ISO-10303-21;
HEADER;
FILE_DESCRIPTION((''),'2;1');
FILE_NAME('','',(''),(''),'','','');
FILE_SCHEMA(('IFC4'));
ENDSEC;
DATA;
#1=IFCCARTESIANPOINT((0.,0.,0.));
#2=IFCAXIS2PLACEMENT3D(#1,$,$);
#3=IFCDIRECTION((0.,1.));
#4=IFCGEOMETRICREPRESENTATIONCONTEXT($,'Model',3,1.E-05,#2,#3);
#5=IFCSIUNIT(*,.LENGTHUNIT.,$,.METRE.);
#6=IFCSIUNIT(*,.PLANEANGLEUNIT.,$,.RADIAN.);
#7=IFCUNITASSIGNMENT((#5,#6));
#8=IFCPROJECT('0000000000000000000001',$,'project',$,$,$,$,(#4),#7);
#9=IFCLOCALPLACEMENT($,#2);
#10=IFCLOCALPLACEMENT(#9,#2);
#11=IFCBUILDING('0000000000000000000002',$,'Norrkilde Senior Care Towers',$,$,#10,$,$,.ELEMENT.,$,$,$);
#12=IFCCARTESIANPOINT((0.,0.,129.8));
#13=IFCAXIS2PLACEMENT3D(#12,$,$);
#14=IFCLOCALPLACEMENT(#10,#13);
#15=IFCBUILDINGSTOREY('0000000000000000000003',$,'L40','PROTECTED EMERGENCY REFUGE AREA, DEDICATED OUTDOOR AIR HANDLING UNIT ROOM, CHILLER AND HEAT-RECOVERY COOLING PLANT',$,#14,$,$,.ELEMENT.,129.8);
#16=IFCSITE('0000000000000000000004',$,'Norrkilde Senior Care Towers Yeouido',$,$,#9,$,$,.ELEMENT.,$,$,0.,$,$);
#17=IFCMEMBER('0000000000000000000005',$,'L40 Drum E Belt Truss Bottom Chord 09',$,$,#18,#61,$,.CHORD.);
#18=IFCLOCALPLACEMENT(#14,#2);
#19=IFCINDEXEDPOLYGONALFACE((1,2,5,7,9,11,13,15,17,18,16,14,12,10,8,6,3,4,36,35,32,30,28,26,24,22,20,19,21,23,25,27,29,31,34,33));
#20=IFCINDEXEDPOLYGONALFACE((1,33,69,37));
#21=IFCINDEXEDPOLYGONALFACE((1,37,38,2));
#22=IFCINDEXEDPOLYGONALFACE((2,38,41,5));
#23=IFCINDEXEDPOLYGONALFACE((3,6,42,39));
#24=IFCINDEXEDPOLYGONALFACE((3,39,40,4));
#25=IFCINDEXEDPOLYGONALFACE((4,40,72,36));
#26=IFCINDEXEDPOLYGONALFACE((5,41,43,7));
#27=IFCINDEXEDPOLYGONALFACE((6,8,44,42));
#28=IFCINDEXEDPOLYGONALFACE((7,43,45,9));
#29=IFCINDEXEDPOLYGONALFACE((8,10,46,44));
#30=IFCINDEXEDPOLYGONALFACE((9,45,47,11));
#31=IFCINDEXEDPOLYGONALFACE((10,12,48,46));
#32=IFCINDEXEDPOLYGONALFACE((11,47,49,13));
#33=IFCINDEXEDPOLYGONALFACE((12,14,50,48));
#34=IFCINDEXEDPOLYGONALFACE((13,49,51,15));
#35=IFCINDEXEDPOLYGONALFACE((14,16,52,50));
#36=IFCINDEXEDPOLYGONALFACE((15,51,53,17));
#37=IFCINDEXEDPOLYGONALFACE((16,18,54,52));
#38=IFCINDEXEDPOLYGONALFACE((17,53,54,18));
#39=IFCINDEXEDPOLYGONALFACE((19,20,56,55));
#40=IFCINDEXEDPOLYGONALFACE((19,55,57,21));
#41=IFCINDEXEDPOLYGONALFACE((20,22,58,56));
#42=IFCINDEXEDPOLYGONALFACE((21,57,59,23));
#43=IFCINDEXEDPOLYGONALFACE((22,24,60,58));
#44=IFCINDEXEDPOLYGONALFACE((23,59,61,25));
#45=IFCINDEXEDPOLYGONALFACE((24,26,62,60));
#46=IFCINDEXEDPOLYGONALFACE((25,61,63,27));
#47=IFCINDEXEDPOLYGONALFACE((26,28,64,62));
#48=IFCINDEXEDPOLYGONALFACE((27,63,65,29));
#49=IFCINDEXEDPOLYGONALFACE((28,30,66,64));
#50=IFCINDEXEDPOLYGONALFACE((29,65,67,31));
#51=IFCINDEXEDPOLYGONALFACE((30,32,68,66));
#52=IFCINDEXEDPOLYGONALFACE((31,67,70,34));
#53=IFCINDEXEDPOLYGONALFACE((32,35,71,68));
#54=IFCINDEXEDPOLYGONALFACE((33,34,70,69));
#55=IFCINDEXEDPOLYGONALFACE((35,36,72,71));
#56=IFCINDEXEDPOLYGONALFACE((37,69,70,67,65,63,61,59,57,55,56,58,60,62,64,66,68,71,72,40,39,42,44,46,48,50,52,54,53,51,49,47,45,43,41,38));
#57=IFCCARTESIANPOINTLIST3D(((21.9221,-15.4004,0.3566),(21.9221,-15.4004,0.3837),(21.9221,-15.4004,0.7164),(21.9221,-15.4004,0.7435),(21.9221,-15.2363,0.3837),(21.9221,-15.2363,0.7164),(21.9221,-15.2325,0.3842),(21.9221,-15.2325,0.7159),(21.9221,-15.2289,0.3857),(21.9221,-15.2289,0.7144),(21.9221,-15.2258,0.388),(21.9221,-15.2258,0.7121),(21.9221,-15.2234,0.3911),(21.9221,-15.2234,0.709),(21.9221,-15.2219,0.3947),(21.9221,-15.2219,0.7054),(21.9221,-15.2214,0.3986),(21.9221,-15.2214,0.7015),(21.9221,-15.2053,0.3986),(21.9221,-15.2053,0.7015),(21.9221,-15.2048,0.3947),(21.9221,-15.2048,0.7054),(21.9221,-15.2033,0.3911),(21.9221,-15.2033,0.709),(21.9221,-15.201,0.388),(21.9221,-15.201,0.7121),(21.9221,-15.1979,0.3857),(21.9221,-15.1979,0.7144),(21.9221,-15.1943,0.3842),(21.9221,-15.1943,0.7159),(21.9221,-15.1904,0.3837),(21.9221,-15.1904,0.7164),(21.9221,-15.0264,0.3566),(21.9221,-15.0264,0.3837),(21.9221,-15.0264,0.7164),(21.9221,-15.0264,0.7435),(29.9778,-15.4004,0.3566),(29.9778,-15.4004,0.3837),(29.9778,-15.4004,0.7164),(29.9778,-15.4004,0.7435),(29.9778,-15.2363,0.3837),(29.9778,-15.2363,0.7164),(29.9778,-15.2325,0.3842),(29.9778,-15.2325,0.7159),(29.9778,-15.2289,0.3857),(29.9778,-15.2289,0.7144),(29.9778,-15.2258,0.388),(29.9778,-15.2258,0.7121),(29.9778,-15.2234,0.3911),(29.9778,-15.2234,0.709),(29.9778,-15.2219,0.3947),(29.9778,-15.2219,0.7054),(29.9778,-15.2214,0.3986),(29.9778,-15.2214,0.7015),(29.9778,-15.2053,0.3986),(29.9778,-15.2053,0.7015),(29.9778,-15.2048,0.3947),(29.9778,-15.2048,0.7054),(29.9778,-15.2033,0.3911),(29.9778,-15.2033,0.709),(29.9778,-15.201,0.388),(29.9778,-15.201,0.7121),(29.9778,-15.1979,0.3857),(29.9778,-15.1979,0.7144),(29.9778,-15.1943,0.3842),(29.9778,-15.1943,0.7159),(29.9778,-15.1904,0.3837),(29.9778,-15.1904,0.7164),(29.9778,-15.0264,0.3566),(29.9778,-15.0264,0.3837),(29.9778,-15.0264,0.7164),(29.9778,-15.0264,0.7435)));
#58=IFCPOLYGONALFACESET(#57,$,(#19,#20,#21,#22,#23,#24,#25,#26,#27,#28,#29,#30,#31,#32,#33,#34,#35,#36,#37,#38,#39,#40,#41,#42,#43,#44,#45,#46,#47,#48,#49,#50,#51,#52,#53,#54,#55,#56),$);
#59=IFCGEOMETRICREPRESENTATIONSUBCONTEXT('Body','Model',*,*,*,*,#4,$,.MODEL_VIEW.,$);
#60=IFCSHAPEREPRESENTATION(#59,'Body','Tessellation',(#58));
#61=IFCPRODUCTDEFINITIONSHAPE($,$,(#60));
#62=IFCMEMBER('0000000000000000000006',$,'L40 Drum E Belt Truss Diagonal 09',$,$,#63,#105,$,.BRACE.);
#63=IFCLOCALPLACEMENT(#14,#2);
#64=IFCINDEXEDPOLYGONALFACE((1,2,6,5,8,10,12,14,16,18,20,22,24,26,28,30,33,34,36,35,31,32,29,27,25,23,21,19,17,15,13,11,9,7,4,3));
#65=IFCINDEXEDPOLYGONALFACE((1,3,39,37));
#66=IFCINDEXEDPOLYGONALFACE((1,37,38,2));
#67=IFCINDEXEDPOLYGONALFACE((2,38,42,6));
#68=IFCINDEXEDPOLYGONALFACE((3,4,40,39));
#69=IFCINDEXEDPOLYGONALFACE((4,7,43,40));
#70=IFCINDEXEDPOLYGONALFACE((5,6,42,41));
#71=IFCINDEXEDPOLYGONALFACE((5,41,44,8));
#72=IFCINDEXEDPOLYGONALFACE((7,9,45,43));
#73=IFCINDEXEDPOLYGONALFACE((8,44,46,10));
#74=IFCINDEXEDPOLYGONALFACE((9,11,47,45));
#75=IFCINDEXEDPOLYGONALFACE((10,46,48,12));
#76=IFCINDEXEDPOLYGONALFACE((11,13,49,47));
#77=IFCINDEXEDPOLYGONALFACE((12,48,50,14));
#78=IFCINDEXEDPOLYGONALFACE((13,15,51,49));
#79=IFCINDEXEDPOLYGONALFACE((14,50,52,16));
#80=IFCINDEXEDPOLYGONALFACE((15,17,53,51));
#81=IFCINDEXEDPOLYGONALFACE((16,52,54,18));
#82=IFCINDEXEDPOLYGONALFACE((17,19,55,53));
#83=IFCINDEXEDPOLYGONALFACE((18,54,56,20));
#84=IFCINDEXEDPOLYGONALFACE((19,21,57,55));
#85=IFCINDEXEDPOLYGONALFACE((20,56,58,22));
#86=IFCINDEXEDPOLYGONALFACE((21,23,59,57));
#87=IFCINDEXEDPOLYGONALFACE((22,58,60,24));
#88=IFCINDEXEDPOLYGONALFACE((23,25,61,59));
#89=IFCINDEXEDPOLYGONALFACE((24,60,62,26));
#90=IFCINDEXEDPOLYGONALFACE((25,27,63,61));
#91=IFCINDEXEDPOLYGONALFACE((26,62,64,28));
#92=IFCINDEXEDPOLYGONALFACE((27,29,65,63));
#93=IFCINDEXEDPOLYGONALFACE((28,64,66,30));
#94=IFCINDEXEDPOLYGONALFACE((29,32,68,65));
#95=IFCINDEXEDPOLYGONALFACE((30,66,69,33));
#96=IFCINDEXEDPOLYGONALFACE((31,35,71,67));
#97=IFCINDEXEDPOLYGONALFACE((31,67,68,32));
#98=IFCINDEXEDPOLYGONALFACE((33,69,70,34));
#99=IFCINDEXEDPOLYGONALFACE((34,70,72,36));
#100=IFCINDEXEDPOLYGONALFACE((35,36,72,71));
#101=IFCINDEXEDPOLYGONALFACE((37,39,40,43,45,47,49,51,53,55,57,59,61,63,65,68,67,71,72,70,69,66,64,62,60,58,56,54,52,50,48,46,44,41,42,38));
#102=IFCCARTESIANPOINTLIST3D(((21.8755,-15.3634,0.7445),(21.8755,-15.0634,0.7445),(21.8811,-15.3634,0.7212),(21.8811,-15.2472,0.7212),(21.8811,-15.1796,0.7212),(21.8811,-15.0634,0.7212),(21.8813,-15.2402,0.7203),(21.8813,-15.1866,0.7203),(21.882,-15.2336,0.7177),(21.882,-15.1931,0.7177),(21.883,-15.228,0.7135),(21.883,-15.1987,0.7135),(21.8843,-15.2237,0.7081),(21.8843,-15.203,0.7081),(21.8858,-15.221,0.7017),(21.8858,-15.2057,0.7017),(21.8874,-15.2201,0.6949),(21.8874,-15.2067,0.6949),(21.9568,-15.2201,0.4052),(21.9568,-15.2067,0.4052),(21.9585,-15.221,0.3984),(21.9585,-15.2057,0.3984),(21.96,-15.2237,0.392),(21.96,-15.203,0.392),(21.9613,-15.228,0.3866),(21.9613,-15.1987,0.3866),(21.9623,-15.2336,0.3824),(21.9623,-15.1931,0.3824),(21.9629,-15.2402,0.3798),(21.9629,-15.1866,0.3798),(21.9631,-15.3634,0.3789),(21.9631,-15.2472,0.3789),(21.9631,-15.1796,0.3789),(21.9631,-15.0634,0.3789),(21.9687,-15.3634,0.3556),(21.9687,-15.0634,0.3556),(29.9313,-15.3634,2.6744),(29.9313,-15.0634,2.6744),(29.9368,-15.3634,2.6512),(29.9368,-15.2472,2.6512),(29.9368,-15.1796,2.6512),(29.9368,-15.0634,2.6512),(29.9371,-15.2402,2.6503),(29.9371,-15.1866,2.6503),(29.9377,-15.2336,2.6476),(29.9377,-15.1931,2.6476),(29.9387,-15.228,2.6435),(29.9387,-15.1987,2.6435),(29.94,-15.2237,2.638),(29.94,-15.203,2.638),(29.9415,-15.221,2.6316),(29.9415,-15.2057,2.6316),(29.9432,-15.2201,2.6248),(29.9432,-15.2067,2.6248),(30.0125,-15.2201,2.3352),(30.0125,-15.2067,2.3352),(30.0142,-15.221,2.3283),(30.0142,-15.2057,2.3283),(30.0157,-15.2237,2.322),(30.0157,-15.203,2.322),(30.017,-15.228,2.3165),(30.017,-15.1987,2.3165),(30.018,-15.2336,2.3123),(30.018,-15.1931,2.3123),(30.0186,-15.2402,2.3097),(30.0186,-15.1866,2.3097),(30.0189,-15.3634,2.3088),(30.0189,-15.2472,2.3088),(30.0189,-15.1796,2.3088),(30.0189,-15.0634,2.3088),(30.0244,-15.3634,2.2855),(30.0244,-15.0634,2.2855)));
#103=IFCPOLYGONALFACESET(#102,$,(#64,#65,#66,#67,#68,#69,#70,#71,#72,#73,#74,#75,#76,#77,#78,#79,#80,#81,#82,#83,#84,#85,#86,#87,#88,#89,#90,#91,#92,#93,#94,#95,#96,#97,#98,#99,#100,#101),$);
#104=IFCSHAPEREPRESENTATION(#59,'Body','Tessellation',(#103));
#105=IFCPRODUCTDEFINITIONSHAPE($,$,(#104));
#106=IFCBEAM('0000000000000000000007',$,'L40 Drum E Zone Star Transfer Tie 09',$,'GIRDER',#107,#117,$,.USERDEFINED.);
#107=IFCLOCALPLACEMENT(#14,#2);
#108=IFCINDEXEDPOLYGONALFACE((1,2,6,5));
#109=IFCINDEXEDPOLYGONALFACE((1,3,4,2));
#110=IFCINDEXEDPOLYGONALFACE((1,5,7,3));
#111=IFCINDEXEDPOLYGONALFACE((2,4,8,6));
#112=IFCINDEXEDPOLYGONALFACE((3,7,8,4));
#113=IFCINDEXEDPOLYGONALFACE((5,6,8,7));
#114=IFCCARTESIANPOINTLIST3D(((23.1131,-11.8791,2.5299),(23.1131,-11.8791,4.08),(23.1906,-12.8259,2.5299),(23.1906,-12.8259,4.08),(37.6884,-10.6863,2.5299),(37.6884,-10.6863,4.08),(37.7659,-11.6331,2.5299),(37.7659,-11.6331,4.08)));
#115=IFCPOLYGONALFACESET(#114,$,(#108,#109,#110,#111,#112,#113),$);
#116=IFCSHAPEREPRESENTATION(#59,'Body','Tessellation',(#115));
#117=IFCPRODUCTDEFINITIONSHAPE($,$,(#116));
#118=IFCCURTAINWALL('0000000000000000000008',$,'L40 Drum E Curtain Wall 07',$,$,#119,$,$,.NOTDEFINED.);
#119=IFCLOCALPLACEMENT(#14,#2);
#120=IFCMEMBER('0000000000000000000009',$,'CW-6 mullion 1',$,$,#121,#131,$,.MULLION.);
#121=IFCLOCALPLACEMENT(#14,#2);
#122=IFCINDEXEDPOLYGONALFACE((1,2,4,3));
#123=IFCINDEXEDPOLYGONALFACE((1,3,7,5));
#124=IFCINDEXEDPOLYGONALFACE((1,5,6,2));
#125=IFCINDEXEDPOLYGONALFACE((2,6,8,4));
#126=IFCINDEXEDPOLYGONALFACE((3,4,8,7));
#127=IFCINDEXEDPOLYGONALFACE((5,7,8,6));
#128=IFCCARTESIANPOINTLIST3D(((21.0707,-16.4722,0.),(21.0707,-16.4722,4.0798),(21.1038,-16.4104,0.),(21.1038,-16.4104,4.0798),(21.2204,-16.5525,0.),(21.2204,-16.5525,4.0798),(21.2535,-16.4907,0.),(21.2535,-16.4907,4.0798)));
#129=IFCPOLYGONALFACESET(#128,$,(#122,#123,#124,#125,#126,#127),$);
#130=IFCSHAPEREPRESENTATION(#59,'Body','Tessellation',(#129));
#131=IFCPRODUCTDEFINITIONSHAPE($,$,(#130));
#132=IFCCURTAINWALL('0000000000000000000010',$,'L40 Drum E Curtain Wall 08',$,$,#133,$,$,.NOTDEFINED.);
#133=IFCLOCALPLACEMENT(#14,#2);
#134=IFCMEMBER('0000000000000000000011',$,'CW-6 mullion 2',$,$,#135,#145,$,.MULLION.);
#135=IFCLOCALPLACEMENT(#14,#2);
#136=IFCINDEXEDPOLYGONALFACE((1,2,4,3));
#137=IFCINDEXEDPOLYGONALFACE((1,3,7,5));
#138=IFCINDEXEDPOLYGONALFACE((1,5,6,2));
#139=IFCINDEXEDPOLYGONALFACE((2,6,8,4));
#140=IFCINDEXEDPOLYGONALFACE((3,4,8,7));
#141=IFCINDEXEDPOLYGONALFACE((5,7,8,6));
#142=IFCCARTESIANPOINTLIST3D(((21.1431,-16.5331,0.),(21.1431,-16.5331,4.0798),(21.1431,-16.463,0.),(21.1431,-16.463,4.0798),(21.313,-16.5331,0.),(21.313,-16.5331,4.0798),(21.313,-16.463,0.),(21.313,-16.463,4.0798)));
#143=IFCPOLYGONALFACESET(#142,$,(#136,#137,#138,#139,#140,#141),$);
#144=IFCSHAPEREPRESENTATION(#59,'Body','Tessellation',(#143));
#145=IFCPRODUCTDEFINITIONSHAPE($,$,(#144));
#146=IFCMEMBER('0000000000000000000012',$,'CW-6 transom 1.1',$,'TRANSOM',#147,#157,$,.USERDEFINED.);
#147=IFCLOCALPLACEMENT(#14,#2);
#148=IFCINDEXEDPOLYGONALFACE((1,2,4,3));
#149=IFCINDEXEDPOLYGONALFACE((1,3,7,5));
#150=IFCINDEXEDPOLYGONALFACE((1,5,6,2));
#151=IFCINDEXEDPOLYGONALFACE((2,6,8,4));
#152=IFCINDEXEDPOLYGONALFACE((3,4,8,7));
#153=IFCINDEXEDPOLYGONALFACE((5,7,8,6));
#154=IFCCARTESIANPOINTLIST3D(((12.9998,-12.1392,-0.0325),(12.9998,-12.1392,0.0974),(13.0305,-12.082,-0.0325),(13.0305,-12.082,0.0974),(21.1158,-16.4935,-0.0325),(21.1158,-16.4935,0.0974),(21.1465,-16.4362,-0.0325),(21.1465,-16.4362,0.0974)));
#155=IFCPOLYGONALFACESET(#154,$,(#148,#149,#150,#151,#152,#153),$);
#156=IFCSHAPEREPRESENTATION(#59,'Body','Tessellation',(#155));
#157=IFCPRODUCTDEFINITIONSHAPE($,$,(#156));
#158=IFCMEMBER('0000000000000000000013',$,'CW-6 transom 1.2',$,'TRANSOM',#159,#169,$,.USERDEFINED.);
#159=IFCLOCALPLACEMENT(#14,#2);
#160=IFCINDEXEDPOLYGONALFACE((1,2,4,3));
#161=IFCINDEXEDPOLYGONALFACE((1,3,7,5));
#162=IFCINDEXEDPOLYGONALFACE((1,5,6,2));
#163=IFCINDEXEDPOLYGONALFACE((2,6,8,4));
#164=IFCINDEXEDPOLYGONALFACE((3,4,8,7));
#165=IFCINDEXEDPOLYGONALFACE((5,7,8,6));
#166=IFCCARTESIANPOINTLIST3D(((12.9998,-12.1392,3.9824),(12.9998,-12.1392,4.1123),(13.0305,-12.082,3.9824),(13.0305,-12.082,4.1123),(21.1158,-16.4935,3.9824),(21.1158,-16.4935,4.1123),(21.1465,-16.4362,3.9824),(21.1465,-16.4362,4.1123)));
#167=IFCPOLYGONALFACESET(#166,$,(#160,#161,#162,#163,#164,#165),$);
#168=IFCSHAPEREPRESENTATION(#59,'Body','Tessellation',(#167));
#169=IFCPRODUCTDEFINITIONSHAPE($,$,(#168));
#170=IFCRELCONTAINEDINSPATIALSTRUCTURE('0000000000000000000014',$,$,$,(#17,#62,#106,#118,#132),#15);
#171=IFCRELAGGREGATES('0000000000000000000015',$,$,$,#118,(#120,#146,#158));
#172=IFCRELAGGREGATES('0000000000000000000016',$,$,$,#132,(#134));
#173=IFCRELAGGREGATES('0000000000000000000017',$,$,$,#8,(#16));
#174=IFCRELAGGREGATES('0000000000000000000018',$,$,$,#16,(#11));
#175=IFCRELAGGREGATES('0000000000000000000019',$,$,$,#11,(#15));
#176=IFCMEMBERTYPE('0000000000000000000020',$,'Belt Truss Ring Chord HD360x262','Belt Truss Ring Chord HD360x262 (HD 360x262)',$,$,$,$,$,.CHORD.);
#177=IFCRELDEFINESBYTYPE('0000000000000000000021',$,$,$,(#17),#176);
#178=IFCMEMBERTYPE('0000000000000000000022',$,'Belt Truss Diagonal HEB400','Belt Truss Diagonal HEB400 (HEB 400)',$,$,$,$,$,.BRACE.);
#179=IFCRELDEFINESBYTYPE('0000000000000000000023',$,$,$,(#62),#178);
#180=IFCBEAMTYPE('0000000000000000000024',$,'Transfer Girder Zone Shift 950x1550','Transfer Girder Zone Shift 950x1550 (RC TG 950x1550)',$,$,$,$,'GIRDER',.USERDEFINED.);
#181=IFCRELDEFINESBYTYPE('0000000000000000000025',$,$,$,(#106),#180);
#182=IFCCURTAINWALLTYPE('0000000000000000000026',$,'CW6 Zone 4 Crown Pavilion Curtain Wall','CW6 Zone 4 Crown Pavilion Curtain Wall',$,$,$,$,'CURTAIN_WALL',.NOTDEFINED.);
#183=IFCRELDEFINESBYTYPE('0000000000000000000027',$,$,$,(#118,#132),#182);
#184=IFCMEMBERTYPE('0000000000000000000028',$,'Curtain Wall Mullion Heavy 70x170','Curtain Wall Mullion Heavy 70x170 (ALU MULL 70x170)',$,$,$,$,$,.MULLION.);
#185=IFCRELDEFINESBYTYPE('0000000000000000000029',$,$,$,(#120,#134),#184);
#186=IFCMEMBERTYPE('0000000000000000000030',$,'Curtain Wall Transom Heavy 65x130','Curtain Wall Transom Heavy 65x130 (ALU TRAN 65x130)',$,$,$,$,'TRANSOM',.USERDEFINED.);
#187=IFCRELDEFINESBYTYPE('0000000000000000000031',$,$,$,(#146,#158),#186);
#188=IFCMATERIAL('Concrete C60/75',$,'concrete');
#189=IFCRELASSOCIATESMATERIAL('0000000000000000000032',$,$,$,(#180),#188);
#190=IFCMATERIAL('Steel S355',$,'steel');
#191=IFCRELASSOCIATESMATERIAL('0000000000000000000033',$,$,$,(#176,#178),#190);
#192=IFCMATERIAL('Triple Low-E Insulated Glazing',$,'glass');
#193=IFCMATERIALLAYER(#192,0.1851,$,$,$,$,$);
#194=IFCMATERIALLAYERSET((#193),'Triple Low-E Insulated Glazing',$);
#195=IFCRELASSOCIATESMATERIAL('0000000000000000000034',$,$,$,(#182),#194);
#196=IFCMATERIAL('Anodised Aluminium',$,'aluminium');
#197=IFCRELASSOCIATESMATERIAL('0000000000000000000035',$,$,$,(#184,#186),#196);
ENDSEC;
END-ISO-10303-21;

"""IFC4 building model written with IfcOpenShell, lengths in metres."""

from ifc_helpers import new_model, si_unit, direction, frame, origin, origin_2d, place, context, subcontext, project, spatial, rectangle, i_section, extrude, source, transform, mapped, material, layer, layer_set, material_profile, profile_set, type_object, type_shapes, element, aggregate, save


model = new_model("IFC4")

# Units and contexts
model_context = context("Model", 3, precision=1e-05, world=origin(), true_north=direction((0.0, 1.0)))
body_context = subcontext(model_context, "Body", "Model", "MODEL_VIEW")
ifc_project = project(units=[si_unit("LENGTHUNIT", "METRE"), si_unit("PLANEANGLEUNIT", "RADIAN")], contexts=[model_context])

# Site, building, storey
site_placement = place(None, origin())
site = spatial("IfcSite", under=ifc_project, at=site_placement, Name="Norrkilde Senior Care Towers Yeouido", CompositionType="ELEMENT", RefElevation=0.0)
building_placement = place(site_placement, origin())
building = spatial("IfcBuilding", under=site, at=building_placement, Name="Norrkilde Senior Care Towers", CompositionType="ELEMENT")
storey_placement = place(building_placement, frame((0.0, 0.0, 129.8)))
storey = spatial("IfcBuildingStorey", under=building, at=storey_placement, Name="L40", Description="PROTECTED EMERGENCY REFUGE AREA, DEDICATED OUTDOOR AIR HANDLING UNIT ROOM, CHILLER AND HEAT-RECOVERY COOLING PLANT", CompositionType="ELEMENT", Elevation=129.8)

# Shared definitions
ifc_material_1 = material(Name="Concrete C60/75", Category="concrete")

# Shared definitions
ifc_material_profile_1 = material_profile(ifc_material_1, rectangle(XDim=0.95, YDim=1.55, at=origin_2d()), Name="RC TG 950x1550")
ifc_profile_set_1 = profile_set([ifc_material_profile_1], Name="Concrete C60/75")
beam_type_1 = type_object("IfcBeamType", Name="Transfer Girder Zone Shift 950x1550", Description="Transfer Girder Zone Shift 950x1550 (RC TG 950x1550)", ElementType="GIRDER", PredefinedType="USERDEFINED", material=ifc_profile_set_1)

# Members
ifc_material_2 = material(Name="Steel S355", Category="steel")
ifc_material_profile_2 = material_profile(ifc_material_2, i_section(OverallWidth=0.374, OverallDepth=0.387, WebThickness=0.0161, FlangeThickness=0.0271, FilletRadius=0.0149, at=origin_2d()), Name="HD 360x262")
ifc_profile_set_2 = profile_set([ifc_material_profile_2], Name="Steel S355")
member_type_1 = type_object("IfcMemberType", Name="Belt Truss Ring Chord HD360x262", Description="Belt Truss Ring Chord HD360x262 (HD 360x262)", PredefinedType="CHORD", material=ifc_profile_set_2)
shared_shape_1 = source(origin(), body_context, "Body", "SweptSolid", [
    extrude(i_section(OverallWidth=0.374, OverallDepth=0.387, WebThickness=0.0161, FlangeThickness=0.0271, FilletRadius=0.0149, at=origin_2d()), origin(), (0.0, 0.0, 1.0), 8.0557),
])
type_shapes(member_type_1, [shared_shape_1])
member_1_placement = place(storey_placement, frame((21.9221, -15.2134, 0.55), z_axis=(1.0, 0.0, 0.0), x_axis=(0.0, 1.0, 0.0)))
element("IfcMember", 1, at=member_1_placement, inside=storey, type_object=member_type_1, Name="L40 Drum E Belt Truss Bottom Chord 09", PredefinedType="CHORD", context=body_context, shape_type="MappedRepresentation", body=[
    mapped(shared_shape_1, transform((0.0, 0.0, 0.0), x_axis=(1.0, 0.0, 0.0), y_axis=(0.0, 1.0, 0.0), z_axis=(0.0, 0.0, 1.0), scale=1.0)),
])
ifc_material_profile_3 = material_profile(ifc_material_2, i_section(OverallWidth=0.3, OverallDepth=0.3999, WebThickness=0.0134, FlangeThickness=0.0239, FilletRadius=0.0271, at=origin_2d()), Name="HEB 400")
ifc_profile_set_3 = profile_set([ifc_material_profile_3], Name="Steel S355")
member_type_2 = type_object("IfcMemberType", Name="Belt Truss Diagonal HEB400", Description="Belt Truss Diagonal HEB400 (HEB 400)", PredefinedType="BRACE", material=ifc_profile_set_3)
shared_shape_2 = source(origin(), body_context, "Body", "SweptSolid", [
    extrude(i_section(OverallWidth=0.3, OverallDepth=0.3999, WebThickness=0.0134, FlangeThickness=0.0239, FilletRadius=0.0271, at=origin_2d()), origin(), (0.0, 0.0, 1.0), 8.2837),
])
type_shapes(member_type_2, [shared_shape_2])
member_2_placement = place(storey_placement, frame((21.9221, -15.2134, 0.55), z_axis=(0.972481, 0.0, 0.232982), x_axis=(0.0, 1.0, 0.0)))
element("IfcMember", 2, at=member_2_placement, inside=storey, type_object=member_type_2, Name="L40 Drum E Belt Truss Diagonal 09", PredefinedType="BRACE", context=body_context, shape_type="MappedRepresentation", body=[
    mapped(shared_shape_2, transform((0.0, 0.0, 0.0), x_axis=(1.0, 0.0, 0.0), y_axis=(0.0, 1.0, 0.0), z_axis=(0.0, 0.0, 1.0), scale=1.0)),
])

# Beam
shared_shape_3 = source(origin(), body_context, "Body", "SweptSolid", [
    extrude(rectangle(XDim=0.95, YDim=1.55, at=origin_2d()), origin(), (0.0, 0.0, 1.0), 14.624),
])
beam_1_placement = place(storey_placement, frame((23.1519, -12.3525, 3.3049), z_axis=(0.996668, 0.08157, 0.0), x_axis=(-0.08157, 0.996668, 0.0)))
element("IfcBeam", 3, at=beam_1_placement, inside=storey, type_object=beam_type_1, Name="L40 Drum E Zone Star Transfer Tie 09", ObjectType="GIRDER", PredefinedType="USERDEFINED", context=body_context, shape_type="MappedRepresentation", body=[
    mapped(shared_shape_3, transform((0.0, 0.0, 0.0), x_axis=(1.0, 0.0, 0.0), y_axis=(0.0, 1.0, 0.0), z_axis=(0.0, 0.0, 1.0), scale=1.0)),
])

# Curtain walls, members
ifc_material_3 = material(Name="Triple Low-E Insulated Glazing", Category="glass")
ifc_layer_1 = layer(ifc_material_3, 0.1851)
ifc_layer_set_1 = layer_set([ifc_layer_1], Name="Triple Low-E Insulated Glazing")
curtain_wall_type = type_object("IfcCurtainWallType", Name="CW6 Zone 4 Crown Pavilion Curtain Wall", Description="CW6 Zone 4 Crown Pavilion Curtain Wall", ElementType="CURTAIN_WALL", PredefinedType="NOTDEFINED", material=ifc_layer_set_1)
curtain_wall_1_placement = place(storey_placement, origin())
curtain_wall_1 = element("IfcCurtainWall", 4, at=curtain_wall_1_placement, inside=storey, type_object=curtain_wall_type, Name="L40 Drum E Curtain Wall 07", PredefinedType="NOTDEFINED")
ifc_material_4 = material(Name="Anodised Aluminium", Category="aluminium")
ifc_material_profile_4 = material_profile(ifc_material_4, rectangle(XDim=0.0701, YDim=0.1699, at=origin_2d()), Name="ALU MULL 70x170")
ifc_profile_set_4 = profile_set([ifc_material_profile_4], Name="Anodised Aluminium")
member_type_3 = type_object("IfcMemberType", Name="Curtain Wall Mullion Heavy 70x170", Description="Curtain Wall Mullion Heavy 70x170 (ALU MULL 70x170)", PredefinedType="MULLION", material=ifc_profile_set_4)
shared_shape_4 = source(origin(), body_context, "Body", "SweptSolid", [
    extrude(rectangle(XDim=0.0701, YDim=0.1699, at=origin_2d()), origin(), (0.0, 0.0, 1.0), 4.0798),
])
type_shapes(member_type_3, [shared_shape_4])
member_3_placement = place(storey_placement, frame((21.1621, -16.4814, 0.0), z_axis=(0.0, 0.0, 1.0), x_axis=(-0.472769, -0.881186, 0.0)))
member_3 = element("IfcMember", 5, at=member_3_placement, type_object=member_type_3, Name="CW-6 mullion 1", PredefinedType="MULLION", context=body_context, shape_type="MappedRepresentation", body=[
    mapped(shared_shape_4, transform((0.0, 0.0, 0.0), x_axis=(1.0, 0.0, 0.0), y_axis=(0.0, 1.0, 0.0), z_axis=(0.0, 0.0, 1.0), scale=1.0)),
])
curtain_wall_2_placement = place(storey_placement, origin())
curtain_wall_2 = element("IfcCurtainWall", 6, at=curtain_wall_2_placement, inside=storey, type_object=curtain_wall_type, Name="L40 Drum E Curtain Wall 08", PredefinedType="NOTDEFINED")
member_4_placement = place(storey_placement, frame((21.228, -16.498, 0.0), z_axis=(0.0, 0.0, 1.0), x_axis=(0.0, -1.0, 0.0)))
member_4 = element("IfcMember", 7, at=member_4_placement, type_object=member_type_3, Name="CW-6 mullion 2", PredefinedType="MULLION", context=body_context, shape_type="MappedRepresentation", body=[
    mapped(shared_shape_4, transform((0.0, 0.0, 0.0), x_axis=(1.0, 0.0, 0.0), y_axis=(0.0, 1.0, 0.0), z_axis=(0.0, 0.0, 1.0), scale=1.0)),
])

# Members
ifc_material_profile_5 = material_profile(ifc_material_4, rectangle(XDim=0.0649, YDim=0.1299, at=origin_2d()), Name="ALU TRAN 65x130")
ifc_profile_set_5 = profile_set([ifc_material_profile_5], Name="Anodised Aluminium")
member_type_4 = type_object("IfcMemberType", Name="Curtain Wall Transom Heavy 65x130", Description="Curtain Wall Transom Heavy 65x130 (ALU TRAN 65x130)", ElementType="TRANSOM", PredefinedType="USERDEFINED", material=ifc_profile_set_5)
shared_shape_5 = source(origin(), body_context, "Body", "SweptSolid", [
    extrude(rectangle(XDim=0.0649, YDim=0.1299, at=origin_2d()), origin(), (0.0, 0.0, 1.0), 9.2102),
])
type_shapes(member_type_4, [shared_shape_5])
member_5_placement = place(storey_placement, frame((21.1311, -16.4648, 0.0325), z_axis=(-0.88119, 0.472762, 0.0), x_axis=(-0.472762, -0.88119, 0.0)))
member_5 = element("IfcMember", 8, at=member_5_placement, type_object=member_type_4, Name="CW-6 transom 1.1", ObjectType="TRANSOM", PredefinedType="USERDEFINED", context=body_context, shape_type="MappedRepresentation", body=[
    mapped(shared_shape_5, transform((0.0, 0.0, 0.0), x_axis=(1.0, 0.0, 0.0), y_axis=(0.0, 1.0, 0.0), z_axis=(0.0, 0.0, 1.0), scale=1.0)),
])
member_6_placement = place(storey_placement, frame((21.1311, -16.4648, 4.0474), z_axis=(-0.88119, 0.472762, 0.0), x_axis=(-0.472762, -0.88119, 0.0)))
member_6 = element("IfcMember", 9, at=member_6_placement, type_object=member_type_4, Name="CW-6 transom 1.2", ObjectType="TRANSOM", PredefinedType="USERDEFINED", context=body_context, shape_type="MappedRepresentation", body=[
    mapped(shared_shape_5, transform((0.0, 0.0, 0.0), x_axis=(1.0, 0.0, 0.0), y_axis=(0.0, 1.0, 0.0), z_axis=(0.0, 0.0, 1.0), scale=1.0)),
])
aggregate(curtain_wall_1, [member_3, member_5, member_6])

aggregate(curtain_wall_2, [member_4])

save(model, "model.ifc")
